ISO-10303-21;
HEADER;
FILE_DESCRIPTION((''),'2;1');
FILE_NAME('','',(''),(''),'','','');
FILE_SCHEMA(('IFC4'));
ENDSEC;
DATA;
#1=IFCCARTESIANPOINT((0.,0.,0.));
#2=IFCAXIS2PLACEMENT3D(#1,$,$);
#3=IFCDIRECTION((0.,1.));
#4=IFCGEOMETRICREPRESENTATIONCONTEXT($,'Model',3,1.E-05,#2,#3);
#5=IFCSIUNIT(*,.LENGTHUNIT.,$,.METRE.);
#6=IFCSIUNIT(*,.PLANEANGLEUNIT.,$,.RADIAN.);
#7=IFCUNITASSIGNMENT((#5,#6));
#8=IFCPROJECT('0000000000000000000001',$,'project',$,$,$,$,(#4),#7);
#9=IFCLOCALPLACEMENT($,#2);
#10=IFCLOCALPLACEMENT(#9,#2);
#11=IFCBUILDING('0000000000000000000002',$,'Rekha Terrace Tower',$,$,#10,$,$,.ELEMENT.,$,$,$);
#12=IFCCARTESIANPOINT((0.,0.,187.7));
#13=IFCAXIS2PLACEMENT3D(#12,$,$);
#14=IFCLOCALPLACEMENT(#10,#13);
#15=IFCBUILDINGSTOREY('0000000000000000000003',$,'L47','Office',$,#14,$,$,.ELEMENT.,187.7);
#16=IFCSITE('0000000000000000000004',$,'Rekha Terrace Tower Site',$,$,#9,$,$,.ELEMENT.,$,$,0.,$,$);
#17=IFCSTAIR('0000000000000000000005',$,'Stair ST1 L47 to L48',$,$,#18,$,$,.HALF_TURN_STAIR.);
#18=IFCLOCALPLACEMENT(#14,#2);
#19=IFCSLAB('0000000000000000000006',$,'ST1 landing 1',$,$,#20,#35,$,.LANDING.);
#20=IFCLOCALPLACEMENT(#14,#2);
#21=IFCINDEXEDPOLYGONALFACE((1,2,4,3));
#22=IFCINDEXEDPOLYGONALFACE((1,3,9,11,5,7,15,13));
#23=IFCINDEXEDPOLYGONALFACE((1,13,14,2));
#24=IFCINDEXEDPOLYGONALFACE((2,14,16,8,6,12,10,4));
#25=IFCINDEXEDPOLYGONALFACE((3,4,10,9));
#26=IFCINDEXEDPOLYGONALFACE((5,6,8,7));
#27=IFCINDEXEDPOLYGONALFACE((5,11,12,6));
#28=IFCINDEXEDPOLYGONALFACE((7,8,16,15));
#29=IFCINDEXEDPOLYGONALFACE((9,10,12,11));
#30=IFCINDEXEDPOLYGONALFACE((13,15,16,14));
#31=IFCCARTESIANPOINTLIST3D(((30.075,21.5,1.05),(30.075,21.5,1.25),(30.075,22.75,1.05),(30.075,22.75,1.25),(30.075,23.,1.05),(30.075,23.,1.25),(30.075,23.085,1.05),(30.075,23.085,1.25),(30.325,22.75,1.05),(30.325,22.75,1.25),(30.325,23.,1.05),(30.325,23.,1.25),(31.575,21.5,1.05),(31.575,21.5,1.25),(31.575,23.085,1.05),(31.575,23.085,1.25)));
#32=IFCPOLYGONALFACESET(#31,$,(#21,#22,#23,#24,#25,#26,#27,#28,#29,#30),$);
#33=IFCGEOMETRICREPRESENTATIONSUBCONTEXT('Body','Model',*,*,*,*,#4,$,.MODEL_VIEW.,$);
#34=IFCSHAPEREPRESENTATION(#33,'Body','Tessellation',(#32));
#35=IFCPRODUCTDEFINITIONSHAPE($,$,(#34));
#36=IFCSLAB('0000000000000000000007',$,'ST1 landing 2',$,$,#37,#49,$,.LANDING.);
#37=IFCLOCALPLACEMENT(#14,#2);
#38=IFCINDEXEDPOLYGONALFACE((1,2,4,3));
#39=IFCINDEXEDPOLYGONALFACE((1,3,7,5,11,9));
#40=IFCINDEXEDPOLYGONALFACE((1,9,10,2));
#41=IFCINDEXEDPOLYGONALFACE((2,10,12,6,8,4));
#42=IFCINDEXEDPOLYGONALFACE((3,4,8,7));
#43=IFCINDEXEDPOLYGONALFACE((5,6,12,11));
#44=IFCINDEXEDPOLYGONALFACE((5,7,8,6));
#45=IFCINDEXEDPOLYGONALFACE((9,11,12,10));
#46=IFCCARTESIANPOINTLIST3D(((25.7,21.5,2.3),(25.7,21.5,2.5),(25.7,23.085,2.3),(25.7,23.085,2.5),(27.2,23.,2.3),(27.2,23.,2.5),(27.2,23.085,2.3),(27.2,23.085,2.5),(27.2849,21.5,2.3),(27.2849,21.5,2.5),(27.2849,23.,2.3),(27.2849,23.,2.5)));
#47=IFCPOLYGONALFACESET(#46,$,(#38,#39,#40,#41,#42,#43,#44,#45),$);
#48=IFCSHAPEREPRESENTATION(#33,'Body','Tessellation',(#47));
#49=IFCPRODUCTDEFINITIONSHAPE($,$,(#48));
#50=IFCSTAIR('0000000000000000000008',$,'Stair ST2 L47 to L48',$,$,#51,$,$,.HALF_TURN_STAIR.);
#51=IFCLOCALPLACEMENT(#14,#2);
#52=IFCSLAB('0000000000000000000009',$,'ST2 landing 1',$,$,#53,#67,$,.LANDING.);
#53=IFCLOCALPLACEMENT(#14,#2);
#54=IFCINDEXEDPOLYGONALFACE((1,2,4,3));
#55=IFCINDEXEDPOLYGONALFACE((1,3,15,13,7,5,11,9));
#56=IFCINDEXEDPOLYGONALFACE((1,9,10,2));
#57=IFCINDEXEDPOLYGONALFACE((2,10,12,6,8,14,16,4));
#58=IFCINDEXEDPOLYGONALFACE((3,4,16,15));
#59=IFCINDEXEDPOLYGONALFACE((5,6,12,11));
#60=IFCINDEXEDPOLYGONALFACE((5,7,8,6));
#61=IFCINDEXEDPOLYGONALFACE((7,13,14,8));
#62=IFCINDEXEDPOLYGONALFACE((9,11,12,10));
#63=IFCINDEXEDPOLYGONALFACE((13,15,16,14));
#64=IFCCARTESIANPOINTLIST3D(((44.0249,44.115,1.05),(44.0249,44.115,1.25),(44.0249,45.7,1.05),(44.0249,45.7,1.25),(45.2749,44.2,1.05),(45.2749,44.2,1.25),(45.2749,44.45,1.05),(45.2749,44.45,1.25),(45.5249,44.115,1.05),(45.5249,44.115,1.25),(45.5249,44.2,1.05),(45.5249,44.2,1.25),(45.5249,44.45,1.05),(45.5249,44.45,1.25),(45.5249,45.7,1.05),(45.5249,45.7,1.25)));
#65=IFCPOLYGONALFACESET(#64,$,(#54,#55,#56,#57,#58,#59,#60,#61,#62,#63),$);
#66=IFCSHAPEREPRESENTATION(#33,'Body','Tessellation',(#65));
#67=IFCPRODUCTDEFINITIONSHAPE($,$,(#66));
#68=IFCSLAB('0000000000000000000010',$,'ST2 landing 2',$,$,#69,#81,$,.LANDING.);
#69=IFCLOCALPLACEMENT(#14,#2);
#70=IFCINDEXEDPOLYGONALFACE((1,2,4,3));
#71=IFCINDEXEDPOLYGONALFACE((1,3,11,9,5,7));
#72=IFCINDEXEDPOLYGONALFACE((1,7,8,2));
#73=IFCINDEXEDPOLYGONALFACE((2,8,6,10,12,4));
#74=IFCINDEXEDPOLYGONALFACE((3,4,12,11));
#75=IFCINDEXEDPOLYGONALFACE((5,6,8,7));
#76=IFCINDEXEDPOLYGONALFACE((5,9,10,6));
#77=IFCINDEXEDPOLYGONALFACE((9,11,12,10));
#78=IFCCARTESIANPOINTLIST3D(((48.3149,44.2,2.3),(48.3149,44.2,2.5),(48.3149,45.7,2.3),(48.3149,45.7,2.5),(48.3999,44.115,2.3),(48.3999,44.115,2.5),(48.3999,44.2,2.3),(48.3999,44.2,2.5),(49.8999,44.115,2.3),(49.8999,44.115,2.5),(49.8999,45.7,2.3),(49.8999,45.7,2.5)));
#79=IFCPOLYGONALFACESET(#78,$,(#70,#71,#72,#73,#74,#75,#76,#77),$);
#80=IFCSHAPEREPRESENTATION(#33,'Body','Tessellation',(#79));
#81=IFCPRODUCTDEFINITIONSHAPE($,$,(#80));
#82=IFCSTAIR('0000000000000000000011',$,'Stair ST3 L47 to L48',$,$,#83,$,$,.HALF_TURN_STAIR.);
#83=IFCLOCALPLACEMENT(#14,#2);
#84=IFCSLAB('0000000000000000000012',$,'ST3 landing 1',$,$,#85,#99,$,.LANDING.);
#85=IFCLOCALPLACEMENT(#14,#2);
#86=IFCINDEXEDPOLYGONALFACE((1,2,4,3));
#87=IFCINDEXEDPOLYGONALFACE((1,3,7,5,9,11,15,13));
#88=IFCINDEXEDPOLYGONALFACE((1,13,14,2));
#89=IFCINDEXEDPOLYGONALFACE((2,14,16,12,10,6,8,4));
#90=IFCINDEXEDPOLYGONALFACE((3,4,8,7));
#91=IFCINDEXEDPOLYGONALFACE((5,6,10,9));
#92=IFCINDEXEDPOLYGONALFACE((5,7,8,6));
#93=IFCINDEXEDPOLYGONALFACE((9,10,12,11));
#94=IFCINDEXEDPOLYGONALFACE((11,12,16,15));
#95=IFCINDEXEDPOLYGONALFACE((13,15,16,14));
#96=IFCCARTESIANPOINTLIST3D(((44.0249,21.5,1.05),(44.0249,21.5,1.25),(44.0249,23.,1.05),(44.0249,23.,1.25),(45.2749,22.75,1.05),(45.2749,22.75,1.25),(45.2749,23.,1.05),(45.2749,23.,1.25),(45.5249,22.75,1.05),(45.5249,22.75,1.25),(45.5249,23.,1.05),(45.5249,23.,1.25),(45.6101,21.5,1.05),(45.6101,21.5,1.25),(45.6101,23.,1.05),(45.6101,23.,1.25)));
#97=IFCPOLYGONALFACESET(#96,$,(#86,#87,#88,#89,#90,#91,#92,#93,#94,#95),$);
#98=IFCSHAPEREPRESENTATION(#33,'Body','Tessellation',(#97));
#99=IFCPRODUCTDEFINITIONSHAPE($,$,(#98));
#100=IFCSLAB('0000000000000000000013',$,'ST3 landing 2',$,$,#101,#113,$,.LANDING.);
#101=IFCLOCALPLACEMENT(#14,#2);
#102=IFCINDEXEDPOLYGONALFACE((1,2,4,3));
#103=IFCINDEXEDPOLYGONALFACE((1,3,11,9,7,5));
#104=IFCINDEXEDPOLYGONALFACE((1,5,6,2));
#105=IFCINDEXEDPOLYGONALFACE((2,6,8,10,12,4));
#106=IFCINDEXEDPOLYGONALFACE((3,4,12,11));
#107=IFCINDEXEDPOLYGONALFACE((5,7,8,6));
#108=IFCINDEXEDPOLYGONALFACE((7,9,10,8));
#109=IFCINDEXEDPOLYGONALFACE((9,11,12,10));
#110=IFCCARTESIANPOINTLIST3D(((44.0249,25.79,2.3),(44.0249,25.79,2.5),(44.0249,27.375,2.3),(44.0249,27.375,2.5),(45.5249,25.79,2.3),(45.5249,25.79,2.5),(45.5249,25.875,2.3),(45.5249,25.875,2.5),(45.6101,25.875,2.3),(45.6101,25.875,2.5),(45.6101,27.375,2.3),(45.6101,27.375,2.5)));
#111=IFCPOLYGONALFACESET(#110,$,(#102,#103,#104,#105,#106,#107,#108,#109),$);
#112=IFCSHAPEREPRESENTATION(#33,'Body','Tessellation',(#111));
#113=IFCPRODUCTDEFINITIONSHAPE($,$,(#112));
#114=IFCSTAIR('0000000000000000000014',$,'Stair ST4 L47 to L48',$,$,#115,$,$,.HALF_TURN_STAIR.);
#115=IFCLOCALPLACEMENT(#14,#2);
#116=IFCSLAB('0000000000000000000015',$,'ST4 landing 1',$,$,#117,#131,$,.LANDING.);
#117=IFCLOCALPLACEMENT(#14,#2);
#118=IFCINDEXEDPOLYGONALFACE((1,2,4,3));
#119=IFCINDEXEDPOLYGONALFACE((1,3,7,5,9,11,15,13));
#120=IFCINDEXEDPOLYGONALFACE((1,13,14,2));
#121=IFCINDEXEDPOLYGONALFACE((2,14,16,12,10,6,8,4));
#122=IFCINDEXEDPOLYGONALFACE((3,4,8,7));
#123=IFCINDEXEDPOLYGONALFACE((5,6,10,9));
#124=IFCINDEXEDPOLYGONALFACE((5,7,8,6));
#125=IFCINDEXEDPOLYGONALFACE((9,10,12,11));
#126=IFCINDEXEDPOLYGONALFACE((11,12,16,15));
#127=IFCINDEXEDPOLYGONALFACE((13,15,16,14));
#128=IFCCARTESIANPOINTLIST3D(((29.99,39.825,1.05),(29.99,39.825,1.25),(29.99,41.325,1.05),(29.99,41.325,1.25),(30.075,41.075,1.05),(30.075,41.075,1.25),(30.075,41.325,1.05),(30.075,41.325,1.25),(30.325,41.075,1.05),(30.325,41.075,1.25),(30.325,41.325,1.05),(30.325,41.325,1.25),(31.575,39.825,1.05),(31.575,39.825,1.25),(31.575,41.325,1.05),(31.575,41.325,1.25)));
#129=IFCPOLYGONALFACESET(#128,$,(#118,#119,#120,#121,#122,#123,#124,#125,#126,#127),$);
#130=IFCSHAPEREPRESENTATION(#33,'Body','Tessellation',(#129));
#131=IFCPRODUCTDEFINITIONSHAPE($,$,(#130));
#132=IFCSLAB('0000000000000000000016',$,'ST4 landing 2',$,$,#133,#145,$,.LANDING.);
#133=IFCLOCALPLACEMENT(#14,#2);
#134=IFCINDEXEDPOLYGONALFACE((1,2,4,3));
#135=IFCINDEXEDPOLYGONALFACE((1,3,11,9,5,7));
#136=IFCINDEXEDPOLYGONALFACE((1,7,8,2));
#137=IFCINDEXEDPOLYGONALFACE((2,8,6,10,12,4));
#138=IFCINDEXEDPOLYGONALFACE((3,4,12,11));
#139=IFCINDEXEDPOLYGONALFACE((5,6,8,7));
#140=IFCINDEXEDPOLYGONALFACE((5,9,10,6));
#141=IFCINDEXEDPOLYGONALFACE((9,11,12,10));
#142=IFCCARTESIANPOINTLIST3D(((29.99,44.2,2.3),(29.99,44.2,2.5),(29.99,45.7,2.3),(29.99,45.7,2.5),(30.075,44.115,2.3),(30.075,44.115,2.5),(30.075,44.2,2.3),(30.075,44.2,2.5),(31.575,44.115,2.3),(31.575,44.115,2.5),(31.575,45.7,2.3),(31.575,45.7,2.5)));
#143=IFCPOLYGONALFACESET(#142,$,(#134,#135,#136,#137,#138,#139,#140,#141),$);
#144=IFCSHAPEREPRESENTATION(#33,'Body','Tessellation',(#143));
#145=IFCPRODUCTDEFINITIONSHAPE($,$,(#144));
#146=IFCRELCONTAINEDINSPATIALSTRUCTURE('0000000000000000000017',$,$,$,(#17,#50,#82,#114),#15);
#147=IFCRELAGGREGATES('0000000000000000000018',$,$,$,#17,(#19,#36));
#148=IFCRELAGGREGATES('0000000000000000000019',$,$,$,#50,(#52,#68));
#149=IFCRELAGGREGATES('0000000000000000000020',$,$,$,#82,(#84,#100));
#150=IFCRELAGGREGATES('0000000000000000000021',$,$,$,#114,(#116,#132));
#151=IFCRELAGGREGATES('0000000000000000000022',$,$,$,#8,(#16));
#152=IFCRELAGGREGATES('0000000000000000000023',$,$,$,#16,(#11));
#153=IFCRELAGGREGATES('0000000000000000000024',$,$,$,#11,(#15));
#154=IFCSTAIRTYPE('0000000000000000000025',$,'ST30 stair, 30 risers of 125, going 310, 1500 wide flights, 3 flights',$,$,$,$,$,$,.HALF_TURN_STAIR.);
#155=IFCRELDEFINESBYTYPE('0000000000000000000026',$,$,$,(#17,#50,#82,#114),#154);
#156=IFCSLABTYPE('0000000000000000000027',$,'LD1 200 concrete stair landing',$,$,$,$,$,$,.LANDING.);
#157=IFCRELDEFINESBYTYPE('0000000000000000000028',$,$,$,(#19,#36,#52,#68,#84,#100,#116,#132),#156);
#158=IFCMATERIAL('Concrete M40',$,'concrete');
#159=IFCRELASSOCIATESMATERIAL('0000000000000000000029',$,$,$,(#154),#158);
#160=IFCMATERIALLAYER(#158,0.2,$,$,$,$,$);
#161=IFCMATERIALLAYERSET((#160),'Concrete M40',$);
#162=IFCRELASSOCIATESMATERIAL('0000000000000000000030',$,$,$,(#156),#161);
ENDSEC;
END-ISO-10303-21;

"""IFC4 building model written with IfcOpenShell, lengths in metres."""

from ifc_helpers import new_model, si_unit, direction, frame, origin, place, context, subcontext, project, spatial, polyline, outline, extrude, material, layer, layer_set, type_object, element, aggregate, save


model = new_model("IFC4")

# Units and contexts
model_context = context("Model", 3, precision=1e-05, world=origin(), true_north=direction((0.0, 1.0)))
body_context = subcontext(model_context, "Body", "Model", "MODEL_VIEW")
ifc_project = project(units=[si_unit("LENGTHUNIT", "METRE"), si_unit("PLANEANGLEUNIT", "RADIAN")], contexts=[model_context])

# Site, building, storey
site_placement = place(None, origin())
site = spatial("IfcSite", under=ifc_project, at=site_placement, Name="Rekha Terrace Tower Site", CompositionType="ELEMENT", RefElevation=0.0)
building_placement = place(site_placement, origin())
building = spatial("IfcBuilding", under=site, at=building_placement, Name="Rekha Terrace Tower", CompositionType="ELEMENT")
storey_placement = place(building_placement, frame((0.0, 0.0, 187.7)))
storey = spatial("IfcBuildingStorey", under=building, at=storey_placement, Name="L47", Description="Office", CompositionType="ELEMENT", Elevation=187.7)

# Stairs, slabs
ifc_material_1 = material(Name="Concrete M40", Category="concrete")
stair_type = type_object("IfcStairType", Name="ST30 stair, 30 risers of 125, going 310, 1500 wide flights, 3 flights", PredefinedType="HALF_TURN_STAIR", material=ifc_material_1)
stair_1_placement = place(storey_placement, origin())
stair_1 = element("IfcStair", 1, at=stair_1_placement, inside=storey, type_object=stair_type, Name="Stair ST1 L47 to L48", PredefinedType="HALF_TURN_STAIR")
ifc_layer_1 = layer(ifc_material_1, 0.2)
ifc_layer_set_1 = layer_set([ifc_layer_1], Name="Concrete M40")
slab_type_1 = type_object("IfcSlabType", Name="LD1 200 concrete stair landing", PredefinedType="LANDING", material=ifc_layer_set_1)
slab_1_placement = place(storey_placement, frame((0.0, 0.0, 1.05)))
slab_1 = element("IfcSlab", 2, at=slab_1_placement, type_object=slab_type_1, Name="ST1 landing 1", PredefinedType="LANDING", context=body_context, shape_type="SweptSolid", body=[
    extrude(outline(polyline([(30.075, 21.5), (31.575, 21.5), (31.575, 23.085), (30.075, 23.085), (30.075, 23.0), (30.325, 23.0), (30.325, 22.75), (30.075, 22.75), (30.075, 21.5)])), origin(), (0.0, 0.0, 1.0), 0.2),
])
slab_2_placement = place(storey_placement, frame((0.0, 0.0, 2.3)))
slab_2 = element("IfcSlab", 3, at=slab_2_placement, type_object=slab_type_1, Name="ST1 landing 2", PredefinedType="LANDING", context=body_context, shape_type="SweptSolid", body=[
    extrude(outline(polyline([(27.2, 23.085), (25.7, 23.085), (25.7, 21.5), (27.2849, 21.5), (27.2849, 23.0), (27.2, 23.0), (27.2, 23.085)])), origin(), (0.0, 0.0, 1.0), 0.2),
])
aggregate(stair_1, [slab_1, slab_2])
stair_2_placement = place(storey_placement, origin())
stair_2 = element("IfcStair", 4, at=stair_2_placement, inside=storey, type_object=stair_type, Name="Stair ST2 L47 to L48", PredefinedType="HALF_TURN_STAIR")
slab_3_placement = place(storey_placement, frame((0.0, 0.0, 1.05)))
slab_3 = element("IfcSlab", 5, at=slab_3_placement, type_object=slab_type_1, Name="ST2 landing 1", PredefinedType="LANDING", context=body_context, shape_type="SweptSolid", body=[
    extrude(outline(polyline([(45.5249, 45.7), (44.0249, 45.7), (44.0249, 44.115), (45.5249, 44.115), (45.5249, 44.2), (45.2749, 44.2), (45.2749, 44.45), (45.5249, 44.45), (45.5249, 45.7)])), origin(), (0.0, 0.0, 1.0), 0.2),
])
slab_4_placement = place(storey_placement, frame((0.0, 0.0, 2.3)))
slab_4 = element("IfcSlab", 6, at=slab_4_placement, type_object=slab_type_1, Name="ST2 landing 2", PredefinedType="LANDING", context=body_context, shape_type="SweptSolid", body=[
    extrude(outline(polyline([(48.3999, 44.115), (49.8999, 44.115), (49.8999, 45.7), (48.3149, 45.7), (48.3149, 44.2), (48.3999, 44.2), (48.3999, 44.115)])), origin(), (0.0, 0.0, 1.0), 0.2),
])
aggregate(stair_2, [slab_3, slab_4])
stair_3_placement = place(storey_placement, origin())
stair_3 = element("IfcStair", 7, at=stair_3_placement, inside=storey, type_object=stair_type, Name="Stair ST3 L47 to L48", PredefinedType="HALF_TURN_STAIR")
slab_5_placement = place(storey_placement, frame((0.0, 0.0, 1.05)))
slab_5 = element("IfcSlab", 8, at=slab_5_placement, type_object=slab_type_1, Name="ST3 landing 1", PredefinedType="LANDING", context=body_context, shape_type="SweptSolid", body=[
    extrude(outline(polyline([(44.0249, 23.0), (44.0249, 21.5), (45.6101, 21.5), (45.6101, 23.0), (45.5249, 23.0), (45.5249, 22.75), (45.2749, 22.75), (45.2749, 23.0), (44.0249, 23.0)])), origin(), (0.0, 0.0, 1.0), 0.2),
])
slab_6_placement = place(storey_placement, frame((0.0, 0.0, 2.3)))
slab_6 = element("IfcSlab", 9, at=slab_6_placement, type_object=slab_type_1, Name="ST3 landing 2", PredefinedType="LANDING", context=body_context, shape_type="SweptSolid", body=[
    extrude(outline(polyline([(45.6101, 25.875), (45.6101, 27.375), (44.0249, 27.375), (44.0249, 25.79), (45.5249, 25.79), (45.5249, 25.875), (45.6101, 25.875)])), origin(), (0.0, 0.0, 1.0), 0.2),
])
aggregate(stair_3, [slab_5, slab_6])
stair_4_placement = place(storey_placement, origin())
stair_4 = element("IfcStair", 10, at=stair_4_placement, inside=storey, type_object=stair_type, Name="Stair ST4 L47 to L48", PredefinedType="HALF_TURN_STAIR")
slab_7_placement = place(storey_placement, frame((0.0, 0.0, 1.05)))
slab_7 = element("IfcSlab", 11, at=slab_7_placement, type_object=slab_type_1, Name="ST4 landing 1", PredefinedType="LANDING", context=body_context, shape_type="SweptSolid", body=[
    extrude(outline(polyline([(31.575, 41.325), (31.575, 39.825), (29.99, 39.825), (29.99, 41.325), (30.075, 41.325), (30.075, 41.075), (30.325, 41.075), (30.325, 41.325), (31.575, 41.325)])), origin(), (0.0, 0.0, 1.0), 0.2),
])
slab_8_placement = place(storey_placement, frame((0.0, 0.0, 2.3)))
slab_8 = element("IfcSlab", 12, at=slab_8_placement, type_object=slab_type_1, Name="ST4 landing 2", PredefinedType="LANDING", context=body_context, shape_type="SweptSolid", body=[
    extrude(outline(polyline([(29.99, 44.2), (29.99, 45.7), (31.575, 45.7), (31.575, 44.115), (30.075, 44.115), (30.075, 44.2), (29.99, 44.2)])), origin(), (0.0, 0.0, 1.0), 0.2),
])
aggregate(stair_4, [slab_7, slab_8])

save(model, "model.ifc")
